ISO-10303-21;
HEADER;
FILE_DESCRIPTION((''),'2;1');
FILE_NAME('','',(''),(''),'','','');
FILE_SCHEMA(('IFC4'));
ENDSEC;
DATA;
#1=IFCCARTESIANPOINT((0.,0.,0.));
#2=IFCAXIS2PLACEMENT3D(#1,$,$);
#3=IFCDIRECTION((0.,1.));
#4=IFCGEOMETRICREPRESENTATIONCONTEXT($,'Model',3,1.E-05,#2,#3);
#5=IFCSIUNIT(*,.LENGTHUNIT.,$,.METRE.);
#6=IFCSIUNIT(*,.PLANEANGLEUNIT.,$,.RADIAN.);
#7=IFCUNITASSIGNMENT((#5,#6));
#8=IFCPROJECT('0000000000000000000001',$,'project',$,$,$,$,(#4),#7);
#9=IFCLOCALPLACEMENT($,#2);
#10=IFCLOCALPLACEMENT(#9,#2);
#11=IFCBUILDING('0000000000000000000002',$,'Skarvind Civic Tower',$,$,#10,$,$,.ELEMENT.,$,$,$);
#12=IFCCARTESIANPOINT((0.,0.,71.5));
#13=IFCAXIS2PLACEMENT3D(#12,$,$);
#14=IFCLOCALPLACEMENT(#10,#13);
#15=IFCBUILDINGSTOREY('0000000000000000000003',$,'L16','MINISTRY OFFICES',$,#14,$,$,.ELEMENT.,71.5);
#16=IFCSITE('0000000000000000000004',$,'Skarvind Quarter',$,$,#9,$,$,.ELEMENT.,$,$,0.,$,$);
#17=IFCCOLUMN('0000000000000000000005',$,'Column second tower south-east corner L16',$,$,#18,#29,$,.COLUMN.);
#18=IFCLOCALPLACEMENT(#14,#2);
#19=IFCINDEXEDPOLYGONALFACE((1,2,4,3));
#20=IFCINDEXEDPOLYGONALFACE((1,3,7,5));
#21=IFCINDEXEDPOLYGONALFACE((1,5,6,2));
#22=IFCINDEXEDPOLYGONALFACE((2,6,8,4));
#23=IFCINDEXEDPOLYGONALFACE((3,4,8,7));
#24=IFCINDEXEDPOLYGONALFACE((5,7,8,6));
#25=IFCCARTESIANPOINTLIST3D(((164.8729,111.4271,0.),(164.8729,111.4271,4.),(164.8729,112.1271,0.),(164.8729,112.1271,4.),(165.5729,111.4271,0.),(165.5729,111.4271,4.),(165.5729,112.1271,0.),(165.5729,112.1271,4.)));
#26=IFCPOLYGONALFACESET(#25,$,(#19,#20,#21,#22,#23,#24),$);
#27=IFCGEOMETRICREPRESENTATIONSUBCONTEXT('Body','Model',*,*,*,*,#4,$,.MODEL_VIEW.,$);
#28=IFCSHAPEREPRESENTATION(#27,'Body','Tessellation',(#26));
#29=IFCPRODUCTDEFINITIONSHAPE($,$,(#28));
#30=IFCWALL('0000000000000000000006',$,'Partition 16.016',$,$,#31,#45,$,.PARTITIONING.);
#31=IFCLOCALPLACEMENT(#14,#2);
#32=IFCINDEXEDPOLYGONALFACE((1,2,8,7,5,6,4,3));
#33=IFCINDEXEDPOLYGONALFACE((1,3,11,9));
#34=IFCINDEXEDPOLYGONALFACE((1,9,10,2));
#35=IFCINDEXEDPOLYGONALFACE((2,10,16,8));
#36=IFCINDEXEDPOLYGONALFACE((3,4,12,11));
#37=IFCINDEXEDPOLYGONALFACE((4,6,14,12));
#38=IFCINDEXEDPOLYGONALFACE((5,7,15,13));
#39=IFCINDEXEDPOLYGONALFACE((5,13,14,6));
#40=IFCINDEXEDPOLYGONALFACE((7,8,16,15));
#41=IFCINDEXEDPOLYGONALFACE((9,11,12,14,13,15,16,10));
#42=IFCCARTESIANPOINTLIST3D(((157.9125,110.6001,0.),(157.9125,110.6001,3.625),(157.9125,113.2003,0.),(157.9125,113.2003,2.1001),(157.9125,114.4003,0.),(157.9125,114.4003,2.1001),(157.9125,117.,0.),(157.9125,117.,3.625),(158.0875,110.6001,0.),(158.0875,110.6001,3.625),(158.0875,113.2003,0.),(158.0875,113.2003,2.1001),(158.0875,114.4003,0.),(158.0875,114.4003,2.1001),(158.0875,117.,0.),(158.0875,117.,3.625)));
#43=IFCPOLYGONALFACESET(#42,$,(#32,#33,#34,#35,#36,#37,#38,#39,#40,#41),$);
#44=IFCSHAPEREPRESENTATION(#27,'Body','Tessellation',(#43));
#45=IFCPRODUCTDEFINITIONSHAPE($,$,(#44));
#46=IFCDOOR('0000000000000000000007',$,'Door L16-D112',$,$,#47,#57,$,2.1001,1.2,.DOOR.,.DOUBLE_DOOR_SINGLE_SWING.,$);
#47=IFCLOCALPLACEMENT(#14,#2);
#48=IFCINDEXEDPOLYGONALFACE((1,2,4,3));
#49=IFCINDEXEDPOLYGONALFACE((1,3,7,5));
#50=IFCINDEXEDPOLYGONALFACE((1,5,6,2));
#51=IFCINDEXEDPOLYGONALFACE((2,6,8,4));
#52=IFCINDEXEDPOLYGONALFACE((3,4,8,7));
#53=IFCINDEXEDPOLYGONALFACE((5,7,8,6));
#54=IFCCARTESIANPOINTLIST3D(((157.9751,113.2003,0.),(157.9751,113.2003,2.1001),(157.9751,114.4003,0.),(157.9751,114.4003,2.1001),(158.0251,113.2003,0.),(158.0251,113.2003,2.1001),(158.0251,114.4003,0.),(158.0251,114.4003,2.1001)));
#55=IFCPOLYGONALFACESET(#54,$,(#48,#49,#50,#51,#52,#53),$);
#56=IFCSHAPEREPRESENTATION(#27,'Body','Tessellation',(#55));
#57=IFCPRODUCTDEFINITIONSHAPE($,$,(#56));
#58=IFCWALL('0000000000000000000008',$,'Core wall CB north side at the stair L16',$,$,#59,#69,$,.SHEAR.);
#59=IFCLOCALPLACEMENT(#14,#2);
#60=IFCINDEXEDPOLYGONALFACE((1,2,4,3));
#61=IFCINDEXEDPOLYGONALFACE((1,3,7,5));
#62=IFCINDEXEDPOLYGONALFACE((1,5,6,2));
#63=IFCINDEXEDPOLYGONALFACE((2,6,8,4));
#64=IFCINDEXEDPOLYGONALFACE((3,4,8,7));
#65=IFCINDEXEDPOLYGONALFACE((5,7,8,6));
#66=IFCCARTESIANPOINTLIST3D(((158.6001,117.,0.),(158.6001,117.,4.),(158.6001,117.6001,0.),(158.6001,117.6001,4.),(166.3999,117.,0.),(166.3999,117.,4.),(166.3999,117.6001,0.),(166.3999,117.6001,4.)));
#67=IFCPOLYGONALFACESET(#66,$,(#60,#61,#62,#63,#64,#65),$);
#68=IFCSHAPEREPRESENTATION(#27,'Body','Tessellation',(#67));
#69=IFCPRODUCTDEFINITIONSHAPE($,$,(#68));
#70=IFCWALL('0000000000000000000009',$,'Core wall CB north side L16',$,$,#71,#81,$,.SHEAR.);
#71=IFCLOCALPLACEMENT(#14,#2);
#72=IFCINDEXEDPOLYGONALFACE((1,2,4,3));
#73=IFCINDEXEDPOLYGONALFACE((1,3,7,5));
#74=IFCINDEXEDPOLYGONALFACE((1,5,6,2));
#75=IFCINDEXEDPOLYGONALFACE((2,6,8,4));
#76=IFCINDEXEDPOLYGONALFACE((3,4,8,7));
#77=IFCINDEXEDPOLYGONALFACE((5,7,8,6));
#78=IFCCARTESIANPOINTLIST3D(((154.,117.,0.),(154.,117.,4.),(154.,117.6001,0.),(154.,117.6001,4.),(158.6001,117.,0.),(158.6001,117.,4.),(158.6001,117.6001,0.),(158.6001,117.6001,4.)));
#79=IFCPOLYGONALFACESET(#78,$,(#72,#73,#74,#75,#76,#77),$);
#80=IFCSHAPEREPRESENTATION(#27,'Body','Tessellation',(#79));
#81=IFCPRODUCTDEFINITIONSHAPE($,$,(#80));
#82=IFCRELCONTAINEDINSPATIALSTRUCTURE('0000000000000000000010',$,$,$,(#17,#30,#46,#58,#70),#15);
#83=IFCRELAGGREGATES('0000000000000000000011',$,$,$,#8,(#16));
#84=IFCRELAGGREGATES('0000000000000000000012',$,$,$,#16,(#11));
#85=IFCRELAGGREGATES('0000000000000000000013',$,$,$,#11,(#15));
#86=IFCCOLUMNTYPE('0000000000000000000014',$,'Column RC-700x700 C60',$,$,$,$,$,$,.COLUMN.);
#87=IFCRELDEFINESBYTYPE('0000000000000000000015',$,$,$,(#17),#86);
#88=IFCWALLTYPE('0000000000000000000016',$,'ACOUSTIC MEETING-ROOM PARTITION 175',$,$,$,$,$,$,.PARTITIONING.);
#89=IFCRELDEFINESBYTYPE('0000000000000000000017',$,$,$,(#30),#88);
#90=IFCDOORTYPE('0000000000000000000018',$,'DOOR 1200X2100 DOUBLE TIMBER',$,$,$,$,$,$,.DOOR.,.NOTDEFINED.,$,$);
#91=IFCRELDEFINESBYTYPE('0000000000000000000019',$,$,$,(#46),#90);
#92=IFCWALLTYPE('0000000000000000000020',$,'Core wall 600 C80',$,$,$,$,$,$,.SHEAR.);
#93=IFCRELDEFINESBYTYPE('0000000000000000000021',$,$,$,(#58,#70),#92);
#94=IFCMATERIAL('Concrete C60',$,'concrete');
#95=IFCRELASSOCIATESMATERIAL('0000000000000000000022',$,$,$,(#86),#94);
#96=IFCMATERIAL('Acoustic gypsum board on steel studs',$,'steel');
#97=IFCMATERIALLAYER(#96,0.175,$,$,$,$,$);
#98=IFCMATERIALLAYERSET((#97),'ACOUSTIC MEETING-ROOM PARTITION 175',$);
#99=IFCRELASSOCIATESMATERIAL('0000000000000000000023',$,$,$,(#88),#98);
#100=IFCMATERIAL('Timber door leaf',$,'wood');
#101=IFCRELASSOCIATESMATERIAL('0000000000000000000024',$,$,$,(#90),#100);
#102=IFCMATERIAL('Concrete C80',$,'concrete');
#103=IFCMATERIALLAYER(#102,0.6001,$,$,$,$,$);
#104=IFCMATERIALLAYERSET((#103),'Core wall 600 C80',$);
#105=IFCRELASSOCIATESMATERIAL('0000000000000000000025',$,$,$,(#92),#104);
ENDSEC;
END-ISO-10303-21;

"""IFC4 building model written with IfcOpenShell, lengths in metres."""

from ifc_helpers import new_model, si_unit, direction, frame, frame_2d, origin, origin_2d, place, context, subcontext, project, spatial, rectangle, extrude, material, layer, layer_set, material_profile, profile_set, type_object, element, fill, save


model = new_model("IFC4")

# Units and contexts
model_context = context("Model", 3, precision=1e-05, world=origin(), true_north=direction((0.0, 1.0)))
body_context = subcontext(model_context, "Body", "Model", "MODEL_VIEW")
ifc_project = project(units=[si_unit("LENGTHUNIT", "METRE"), si_unit("PLANEANGLEUNIT", "RADIAN")], contexts=[model_context])

# Site, building, storey
site_placement = place(None, origin())
site = spatial("IfcSite", under=ifc_project, at=site_placement, Name="Skarvind Quarter", CompositionType="ELEMENT", RefElevation=0.0)
building_placement = place(site_placement, origin())
building = spatial("IfcBuilding", under=site, at=building_placement, Name="Skarvind Civic Tower", CompositionType="ELEMENT")
storey_placement = place(building_placement, frame((0.0, 0.0, 71.5)))
storey = spatial("IfcBuildingStorey", under=building, at=storey_placement, Name="L16", Description="MINISTRY OFFICES", CompositionType="ELEMENT", Elevation=71.5)

# Column
ifc_material_1 = material(Name="Concrete C60", Category="concrete")
ifc_material_profile = material_profile(ifc_material_1, rectangle(XDim=0.7, YDim=0.7, at=origin_2d()), Name="RC-700x700")
ifc_profile_set = profile_set([ifc_material_profile], Name="Concrete C60")
column_type = type_object("IfcColumnType", Name="Column RC-700x700 C60", PredefinedType="COLUMN", material=ifc_profile_set)
column_placement = place(storey_placement, frame((165.2229, 111.7771, 0.0), z_axis=(0.0, 0.0, 1.0), x_axis=(1.0, 0.0, 0.0)))
element("IfcColumn", 1, at=column_placement, inside=storey, type_object=column_type, Name="Column second tower south-east corner L16", PredefinedType="COLUMN", context=body_context, shape_type="SweptSolid", body=[
    extrude(rectangle(XDim=0.7, YDim=0.7, at=origin_2d()), origin(), (0.0, 0.0, 1.0), 4.0),
])

# Wall, opening, door
ifc_material_2 = material(Name="Acoustic gypsum board on steel studs", Category="steel")
ifc_layer_1 = layer(ifc_material_2, 0.175)
ifc_layer_set_1 = layer_set([ifc_layer_1], Name="ACOUSTIC MEETING-ROOM PARTITION 175")
wall_type_1 = type_object("IfcWallType", Name="ACOUSTIC MEETING-ROOM PARTITION 175", PredefinedType="PARTITIONING", material=ifc_layer_set_1)
wall_1_placement = place(storey_placement, frame((158.0, 110.6001, 0.0), z_axis=(0.0, 0.0, 1.0), x_axis=(0.0, 1.0, 0.0)))
wall_1 = element("IfcWall", 2, at=wall_1_placement, inside=storey, type_object=wall_type_1, Name="Partition 16.016", PredefinedType="PARTITIONING", context=body_context, shape_type="SweptSolid", body=[
    extrude(rectangle(XDim=6.3999, YDim=0.175, at=frame_2d((3.2, 0.0))), origin(), (0.0, 0.0, 1.0), 3.625),
])
opening_1_placement = place(wall_1_placement, frame((2.6001, 0.0, 0.0)))
opening_1 = element("IfcOpeningElement", 3, at=opening_1_placement, cuts=wall_1, PredefinedType="OPENING", context=body_context, shape_type="SweptSolid", body=[
    extrude(rectangle(XDim=1.2, YDim=2.1001, at=frame_2d((0.6001, 1.05))), frame((0.0, 0.0974, 0.0), z_axis=(0.0, -1.0, 0.0), x_axis=(1.0, 0.0, 0.0)), (0.0, 0.0, 1.0), 0.1951),
])
ifc_material_3 = material(Name="Timber door leaf", Category="wood")
door_type = type_object("IfcDoorType", Name="DOOR 1200X2100 DOUBLE TIMBER", OperationType="NOTDEFINED", PredefinedType="DOOR", material=ifc_material_3)
door_placement = place(opening_1_placement, origin())
door = element("IfcDoor", 4, at=door_placement, inside=storey, type_object=door_type, Name="Door L16-D112", OperationType="DOUBLE_DOOR_SINGLE_SWING", OverallHeight=2.1001, OverallWidth=1.2, PredefinedType="DOOR", context=body_context, shape_type="SweptSolid", body=[
    extrude(rectangle(XDim=1.2, YDim=2.1001, at=frame_2d((0.6001, 1.05))), frame((0.0, 0.0249, 0.0), z_axis=(0.0, -1.0, 0.0), x_axis=(1.0, 0.0, 0.0)), (0.0, 0.0, 1.0), 0.05),
])
fill(opening_1, door)

# Walls
ifc_material_4 = material(Name="Concrete C80", Category="concrete")
ifc_layer_2 = layer(ifc_material_4, 0.6001)
ifc_layer_set_2 = layer_set([ifc_layer_2], Name="Core wall 600 C80")
wall_type_2 = type_object("IfcWallType", Name="Core wall 600 C80", PredefinedType="SHEAR", material=ifc_layer_set_2)
wall_2_placement = place(storey_placement, frame((166.3999, 117.3, 0.0), z_axis=(0.0, 0.0, 1.0), x_axis=(-1.0, 0.0, 0.0)))
element("IfcWall", 5, at=wall_2_placement, inside=storey, type_object=wall_type_2, Name="Core wall CB north side at the stair L16", PredefinedType="SHEAR", context=body_context, shape_type="SweptSolid", body=[
    extrude(rectangle(XDim=7.7998, YDim=0.6001, at=frame_2d((3.8999, 0.0))), origin(), (0.0, 0.0, 1.0), 4.0),
])
wall_3_placement = place(storey_placement, frame((158.6001, 117.3, 0.0), z_axis=(0.0, 0.0, 1.0), x_axis=(-1.0, 0.0, 0.0)))
element("IfcWall", 6, at=wall_3_placement, inside=storey, type_object=wall_type_2, Name="Core wall CB north side L16", PredefinedType="SHEAR", context=body_context, shape_type="SweptSolid", body=[
    extrude(rectangle(XDim=4.6001, YDim=0.6001, at=frame_2d((2.3, 0.0))), origin(), (0.0, 0.0, 1.0), 4.0),
])

save(model, "model.ifc")
